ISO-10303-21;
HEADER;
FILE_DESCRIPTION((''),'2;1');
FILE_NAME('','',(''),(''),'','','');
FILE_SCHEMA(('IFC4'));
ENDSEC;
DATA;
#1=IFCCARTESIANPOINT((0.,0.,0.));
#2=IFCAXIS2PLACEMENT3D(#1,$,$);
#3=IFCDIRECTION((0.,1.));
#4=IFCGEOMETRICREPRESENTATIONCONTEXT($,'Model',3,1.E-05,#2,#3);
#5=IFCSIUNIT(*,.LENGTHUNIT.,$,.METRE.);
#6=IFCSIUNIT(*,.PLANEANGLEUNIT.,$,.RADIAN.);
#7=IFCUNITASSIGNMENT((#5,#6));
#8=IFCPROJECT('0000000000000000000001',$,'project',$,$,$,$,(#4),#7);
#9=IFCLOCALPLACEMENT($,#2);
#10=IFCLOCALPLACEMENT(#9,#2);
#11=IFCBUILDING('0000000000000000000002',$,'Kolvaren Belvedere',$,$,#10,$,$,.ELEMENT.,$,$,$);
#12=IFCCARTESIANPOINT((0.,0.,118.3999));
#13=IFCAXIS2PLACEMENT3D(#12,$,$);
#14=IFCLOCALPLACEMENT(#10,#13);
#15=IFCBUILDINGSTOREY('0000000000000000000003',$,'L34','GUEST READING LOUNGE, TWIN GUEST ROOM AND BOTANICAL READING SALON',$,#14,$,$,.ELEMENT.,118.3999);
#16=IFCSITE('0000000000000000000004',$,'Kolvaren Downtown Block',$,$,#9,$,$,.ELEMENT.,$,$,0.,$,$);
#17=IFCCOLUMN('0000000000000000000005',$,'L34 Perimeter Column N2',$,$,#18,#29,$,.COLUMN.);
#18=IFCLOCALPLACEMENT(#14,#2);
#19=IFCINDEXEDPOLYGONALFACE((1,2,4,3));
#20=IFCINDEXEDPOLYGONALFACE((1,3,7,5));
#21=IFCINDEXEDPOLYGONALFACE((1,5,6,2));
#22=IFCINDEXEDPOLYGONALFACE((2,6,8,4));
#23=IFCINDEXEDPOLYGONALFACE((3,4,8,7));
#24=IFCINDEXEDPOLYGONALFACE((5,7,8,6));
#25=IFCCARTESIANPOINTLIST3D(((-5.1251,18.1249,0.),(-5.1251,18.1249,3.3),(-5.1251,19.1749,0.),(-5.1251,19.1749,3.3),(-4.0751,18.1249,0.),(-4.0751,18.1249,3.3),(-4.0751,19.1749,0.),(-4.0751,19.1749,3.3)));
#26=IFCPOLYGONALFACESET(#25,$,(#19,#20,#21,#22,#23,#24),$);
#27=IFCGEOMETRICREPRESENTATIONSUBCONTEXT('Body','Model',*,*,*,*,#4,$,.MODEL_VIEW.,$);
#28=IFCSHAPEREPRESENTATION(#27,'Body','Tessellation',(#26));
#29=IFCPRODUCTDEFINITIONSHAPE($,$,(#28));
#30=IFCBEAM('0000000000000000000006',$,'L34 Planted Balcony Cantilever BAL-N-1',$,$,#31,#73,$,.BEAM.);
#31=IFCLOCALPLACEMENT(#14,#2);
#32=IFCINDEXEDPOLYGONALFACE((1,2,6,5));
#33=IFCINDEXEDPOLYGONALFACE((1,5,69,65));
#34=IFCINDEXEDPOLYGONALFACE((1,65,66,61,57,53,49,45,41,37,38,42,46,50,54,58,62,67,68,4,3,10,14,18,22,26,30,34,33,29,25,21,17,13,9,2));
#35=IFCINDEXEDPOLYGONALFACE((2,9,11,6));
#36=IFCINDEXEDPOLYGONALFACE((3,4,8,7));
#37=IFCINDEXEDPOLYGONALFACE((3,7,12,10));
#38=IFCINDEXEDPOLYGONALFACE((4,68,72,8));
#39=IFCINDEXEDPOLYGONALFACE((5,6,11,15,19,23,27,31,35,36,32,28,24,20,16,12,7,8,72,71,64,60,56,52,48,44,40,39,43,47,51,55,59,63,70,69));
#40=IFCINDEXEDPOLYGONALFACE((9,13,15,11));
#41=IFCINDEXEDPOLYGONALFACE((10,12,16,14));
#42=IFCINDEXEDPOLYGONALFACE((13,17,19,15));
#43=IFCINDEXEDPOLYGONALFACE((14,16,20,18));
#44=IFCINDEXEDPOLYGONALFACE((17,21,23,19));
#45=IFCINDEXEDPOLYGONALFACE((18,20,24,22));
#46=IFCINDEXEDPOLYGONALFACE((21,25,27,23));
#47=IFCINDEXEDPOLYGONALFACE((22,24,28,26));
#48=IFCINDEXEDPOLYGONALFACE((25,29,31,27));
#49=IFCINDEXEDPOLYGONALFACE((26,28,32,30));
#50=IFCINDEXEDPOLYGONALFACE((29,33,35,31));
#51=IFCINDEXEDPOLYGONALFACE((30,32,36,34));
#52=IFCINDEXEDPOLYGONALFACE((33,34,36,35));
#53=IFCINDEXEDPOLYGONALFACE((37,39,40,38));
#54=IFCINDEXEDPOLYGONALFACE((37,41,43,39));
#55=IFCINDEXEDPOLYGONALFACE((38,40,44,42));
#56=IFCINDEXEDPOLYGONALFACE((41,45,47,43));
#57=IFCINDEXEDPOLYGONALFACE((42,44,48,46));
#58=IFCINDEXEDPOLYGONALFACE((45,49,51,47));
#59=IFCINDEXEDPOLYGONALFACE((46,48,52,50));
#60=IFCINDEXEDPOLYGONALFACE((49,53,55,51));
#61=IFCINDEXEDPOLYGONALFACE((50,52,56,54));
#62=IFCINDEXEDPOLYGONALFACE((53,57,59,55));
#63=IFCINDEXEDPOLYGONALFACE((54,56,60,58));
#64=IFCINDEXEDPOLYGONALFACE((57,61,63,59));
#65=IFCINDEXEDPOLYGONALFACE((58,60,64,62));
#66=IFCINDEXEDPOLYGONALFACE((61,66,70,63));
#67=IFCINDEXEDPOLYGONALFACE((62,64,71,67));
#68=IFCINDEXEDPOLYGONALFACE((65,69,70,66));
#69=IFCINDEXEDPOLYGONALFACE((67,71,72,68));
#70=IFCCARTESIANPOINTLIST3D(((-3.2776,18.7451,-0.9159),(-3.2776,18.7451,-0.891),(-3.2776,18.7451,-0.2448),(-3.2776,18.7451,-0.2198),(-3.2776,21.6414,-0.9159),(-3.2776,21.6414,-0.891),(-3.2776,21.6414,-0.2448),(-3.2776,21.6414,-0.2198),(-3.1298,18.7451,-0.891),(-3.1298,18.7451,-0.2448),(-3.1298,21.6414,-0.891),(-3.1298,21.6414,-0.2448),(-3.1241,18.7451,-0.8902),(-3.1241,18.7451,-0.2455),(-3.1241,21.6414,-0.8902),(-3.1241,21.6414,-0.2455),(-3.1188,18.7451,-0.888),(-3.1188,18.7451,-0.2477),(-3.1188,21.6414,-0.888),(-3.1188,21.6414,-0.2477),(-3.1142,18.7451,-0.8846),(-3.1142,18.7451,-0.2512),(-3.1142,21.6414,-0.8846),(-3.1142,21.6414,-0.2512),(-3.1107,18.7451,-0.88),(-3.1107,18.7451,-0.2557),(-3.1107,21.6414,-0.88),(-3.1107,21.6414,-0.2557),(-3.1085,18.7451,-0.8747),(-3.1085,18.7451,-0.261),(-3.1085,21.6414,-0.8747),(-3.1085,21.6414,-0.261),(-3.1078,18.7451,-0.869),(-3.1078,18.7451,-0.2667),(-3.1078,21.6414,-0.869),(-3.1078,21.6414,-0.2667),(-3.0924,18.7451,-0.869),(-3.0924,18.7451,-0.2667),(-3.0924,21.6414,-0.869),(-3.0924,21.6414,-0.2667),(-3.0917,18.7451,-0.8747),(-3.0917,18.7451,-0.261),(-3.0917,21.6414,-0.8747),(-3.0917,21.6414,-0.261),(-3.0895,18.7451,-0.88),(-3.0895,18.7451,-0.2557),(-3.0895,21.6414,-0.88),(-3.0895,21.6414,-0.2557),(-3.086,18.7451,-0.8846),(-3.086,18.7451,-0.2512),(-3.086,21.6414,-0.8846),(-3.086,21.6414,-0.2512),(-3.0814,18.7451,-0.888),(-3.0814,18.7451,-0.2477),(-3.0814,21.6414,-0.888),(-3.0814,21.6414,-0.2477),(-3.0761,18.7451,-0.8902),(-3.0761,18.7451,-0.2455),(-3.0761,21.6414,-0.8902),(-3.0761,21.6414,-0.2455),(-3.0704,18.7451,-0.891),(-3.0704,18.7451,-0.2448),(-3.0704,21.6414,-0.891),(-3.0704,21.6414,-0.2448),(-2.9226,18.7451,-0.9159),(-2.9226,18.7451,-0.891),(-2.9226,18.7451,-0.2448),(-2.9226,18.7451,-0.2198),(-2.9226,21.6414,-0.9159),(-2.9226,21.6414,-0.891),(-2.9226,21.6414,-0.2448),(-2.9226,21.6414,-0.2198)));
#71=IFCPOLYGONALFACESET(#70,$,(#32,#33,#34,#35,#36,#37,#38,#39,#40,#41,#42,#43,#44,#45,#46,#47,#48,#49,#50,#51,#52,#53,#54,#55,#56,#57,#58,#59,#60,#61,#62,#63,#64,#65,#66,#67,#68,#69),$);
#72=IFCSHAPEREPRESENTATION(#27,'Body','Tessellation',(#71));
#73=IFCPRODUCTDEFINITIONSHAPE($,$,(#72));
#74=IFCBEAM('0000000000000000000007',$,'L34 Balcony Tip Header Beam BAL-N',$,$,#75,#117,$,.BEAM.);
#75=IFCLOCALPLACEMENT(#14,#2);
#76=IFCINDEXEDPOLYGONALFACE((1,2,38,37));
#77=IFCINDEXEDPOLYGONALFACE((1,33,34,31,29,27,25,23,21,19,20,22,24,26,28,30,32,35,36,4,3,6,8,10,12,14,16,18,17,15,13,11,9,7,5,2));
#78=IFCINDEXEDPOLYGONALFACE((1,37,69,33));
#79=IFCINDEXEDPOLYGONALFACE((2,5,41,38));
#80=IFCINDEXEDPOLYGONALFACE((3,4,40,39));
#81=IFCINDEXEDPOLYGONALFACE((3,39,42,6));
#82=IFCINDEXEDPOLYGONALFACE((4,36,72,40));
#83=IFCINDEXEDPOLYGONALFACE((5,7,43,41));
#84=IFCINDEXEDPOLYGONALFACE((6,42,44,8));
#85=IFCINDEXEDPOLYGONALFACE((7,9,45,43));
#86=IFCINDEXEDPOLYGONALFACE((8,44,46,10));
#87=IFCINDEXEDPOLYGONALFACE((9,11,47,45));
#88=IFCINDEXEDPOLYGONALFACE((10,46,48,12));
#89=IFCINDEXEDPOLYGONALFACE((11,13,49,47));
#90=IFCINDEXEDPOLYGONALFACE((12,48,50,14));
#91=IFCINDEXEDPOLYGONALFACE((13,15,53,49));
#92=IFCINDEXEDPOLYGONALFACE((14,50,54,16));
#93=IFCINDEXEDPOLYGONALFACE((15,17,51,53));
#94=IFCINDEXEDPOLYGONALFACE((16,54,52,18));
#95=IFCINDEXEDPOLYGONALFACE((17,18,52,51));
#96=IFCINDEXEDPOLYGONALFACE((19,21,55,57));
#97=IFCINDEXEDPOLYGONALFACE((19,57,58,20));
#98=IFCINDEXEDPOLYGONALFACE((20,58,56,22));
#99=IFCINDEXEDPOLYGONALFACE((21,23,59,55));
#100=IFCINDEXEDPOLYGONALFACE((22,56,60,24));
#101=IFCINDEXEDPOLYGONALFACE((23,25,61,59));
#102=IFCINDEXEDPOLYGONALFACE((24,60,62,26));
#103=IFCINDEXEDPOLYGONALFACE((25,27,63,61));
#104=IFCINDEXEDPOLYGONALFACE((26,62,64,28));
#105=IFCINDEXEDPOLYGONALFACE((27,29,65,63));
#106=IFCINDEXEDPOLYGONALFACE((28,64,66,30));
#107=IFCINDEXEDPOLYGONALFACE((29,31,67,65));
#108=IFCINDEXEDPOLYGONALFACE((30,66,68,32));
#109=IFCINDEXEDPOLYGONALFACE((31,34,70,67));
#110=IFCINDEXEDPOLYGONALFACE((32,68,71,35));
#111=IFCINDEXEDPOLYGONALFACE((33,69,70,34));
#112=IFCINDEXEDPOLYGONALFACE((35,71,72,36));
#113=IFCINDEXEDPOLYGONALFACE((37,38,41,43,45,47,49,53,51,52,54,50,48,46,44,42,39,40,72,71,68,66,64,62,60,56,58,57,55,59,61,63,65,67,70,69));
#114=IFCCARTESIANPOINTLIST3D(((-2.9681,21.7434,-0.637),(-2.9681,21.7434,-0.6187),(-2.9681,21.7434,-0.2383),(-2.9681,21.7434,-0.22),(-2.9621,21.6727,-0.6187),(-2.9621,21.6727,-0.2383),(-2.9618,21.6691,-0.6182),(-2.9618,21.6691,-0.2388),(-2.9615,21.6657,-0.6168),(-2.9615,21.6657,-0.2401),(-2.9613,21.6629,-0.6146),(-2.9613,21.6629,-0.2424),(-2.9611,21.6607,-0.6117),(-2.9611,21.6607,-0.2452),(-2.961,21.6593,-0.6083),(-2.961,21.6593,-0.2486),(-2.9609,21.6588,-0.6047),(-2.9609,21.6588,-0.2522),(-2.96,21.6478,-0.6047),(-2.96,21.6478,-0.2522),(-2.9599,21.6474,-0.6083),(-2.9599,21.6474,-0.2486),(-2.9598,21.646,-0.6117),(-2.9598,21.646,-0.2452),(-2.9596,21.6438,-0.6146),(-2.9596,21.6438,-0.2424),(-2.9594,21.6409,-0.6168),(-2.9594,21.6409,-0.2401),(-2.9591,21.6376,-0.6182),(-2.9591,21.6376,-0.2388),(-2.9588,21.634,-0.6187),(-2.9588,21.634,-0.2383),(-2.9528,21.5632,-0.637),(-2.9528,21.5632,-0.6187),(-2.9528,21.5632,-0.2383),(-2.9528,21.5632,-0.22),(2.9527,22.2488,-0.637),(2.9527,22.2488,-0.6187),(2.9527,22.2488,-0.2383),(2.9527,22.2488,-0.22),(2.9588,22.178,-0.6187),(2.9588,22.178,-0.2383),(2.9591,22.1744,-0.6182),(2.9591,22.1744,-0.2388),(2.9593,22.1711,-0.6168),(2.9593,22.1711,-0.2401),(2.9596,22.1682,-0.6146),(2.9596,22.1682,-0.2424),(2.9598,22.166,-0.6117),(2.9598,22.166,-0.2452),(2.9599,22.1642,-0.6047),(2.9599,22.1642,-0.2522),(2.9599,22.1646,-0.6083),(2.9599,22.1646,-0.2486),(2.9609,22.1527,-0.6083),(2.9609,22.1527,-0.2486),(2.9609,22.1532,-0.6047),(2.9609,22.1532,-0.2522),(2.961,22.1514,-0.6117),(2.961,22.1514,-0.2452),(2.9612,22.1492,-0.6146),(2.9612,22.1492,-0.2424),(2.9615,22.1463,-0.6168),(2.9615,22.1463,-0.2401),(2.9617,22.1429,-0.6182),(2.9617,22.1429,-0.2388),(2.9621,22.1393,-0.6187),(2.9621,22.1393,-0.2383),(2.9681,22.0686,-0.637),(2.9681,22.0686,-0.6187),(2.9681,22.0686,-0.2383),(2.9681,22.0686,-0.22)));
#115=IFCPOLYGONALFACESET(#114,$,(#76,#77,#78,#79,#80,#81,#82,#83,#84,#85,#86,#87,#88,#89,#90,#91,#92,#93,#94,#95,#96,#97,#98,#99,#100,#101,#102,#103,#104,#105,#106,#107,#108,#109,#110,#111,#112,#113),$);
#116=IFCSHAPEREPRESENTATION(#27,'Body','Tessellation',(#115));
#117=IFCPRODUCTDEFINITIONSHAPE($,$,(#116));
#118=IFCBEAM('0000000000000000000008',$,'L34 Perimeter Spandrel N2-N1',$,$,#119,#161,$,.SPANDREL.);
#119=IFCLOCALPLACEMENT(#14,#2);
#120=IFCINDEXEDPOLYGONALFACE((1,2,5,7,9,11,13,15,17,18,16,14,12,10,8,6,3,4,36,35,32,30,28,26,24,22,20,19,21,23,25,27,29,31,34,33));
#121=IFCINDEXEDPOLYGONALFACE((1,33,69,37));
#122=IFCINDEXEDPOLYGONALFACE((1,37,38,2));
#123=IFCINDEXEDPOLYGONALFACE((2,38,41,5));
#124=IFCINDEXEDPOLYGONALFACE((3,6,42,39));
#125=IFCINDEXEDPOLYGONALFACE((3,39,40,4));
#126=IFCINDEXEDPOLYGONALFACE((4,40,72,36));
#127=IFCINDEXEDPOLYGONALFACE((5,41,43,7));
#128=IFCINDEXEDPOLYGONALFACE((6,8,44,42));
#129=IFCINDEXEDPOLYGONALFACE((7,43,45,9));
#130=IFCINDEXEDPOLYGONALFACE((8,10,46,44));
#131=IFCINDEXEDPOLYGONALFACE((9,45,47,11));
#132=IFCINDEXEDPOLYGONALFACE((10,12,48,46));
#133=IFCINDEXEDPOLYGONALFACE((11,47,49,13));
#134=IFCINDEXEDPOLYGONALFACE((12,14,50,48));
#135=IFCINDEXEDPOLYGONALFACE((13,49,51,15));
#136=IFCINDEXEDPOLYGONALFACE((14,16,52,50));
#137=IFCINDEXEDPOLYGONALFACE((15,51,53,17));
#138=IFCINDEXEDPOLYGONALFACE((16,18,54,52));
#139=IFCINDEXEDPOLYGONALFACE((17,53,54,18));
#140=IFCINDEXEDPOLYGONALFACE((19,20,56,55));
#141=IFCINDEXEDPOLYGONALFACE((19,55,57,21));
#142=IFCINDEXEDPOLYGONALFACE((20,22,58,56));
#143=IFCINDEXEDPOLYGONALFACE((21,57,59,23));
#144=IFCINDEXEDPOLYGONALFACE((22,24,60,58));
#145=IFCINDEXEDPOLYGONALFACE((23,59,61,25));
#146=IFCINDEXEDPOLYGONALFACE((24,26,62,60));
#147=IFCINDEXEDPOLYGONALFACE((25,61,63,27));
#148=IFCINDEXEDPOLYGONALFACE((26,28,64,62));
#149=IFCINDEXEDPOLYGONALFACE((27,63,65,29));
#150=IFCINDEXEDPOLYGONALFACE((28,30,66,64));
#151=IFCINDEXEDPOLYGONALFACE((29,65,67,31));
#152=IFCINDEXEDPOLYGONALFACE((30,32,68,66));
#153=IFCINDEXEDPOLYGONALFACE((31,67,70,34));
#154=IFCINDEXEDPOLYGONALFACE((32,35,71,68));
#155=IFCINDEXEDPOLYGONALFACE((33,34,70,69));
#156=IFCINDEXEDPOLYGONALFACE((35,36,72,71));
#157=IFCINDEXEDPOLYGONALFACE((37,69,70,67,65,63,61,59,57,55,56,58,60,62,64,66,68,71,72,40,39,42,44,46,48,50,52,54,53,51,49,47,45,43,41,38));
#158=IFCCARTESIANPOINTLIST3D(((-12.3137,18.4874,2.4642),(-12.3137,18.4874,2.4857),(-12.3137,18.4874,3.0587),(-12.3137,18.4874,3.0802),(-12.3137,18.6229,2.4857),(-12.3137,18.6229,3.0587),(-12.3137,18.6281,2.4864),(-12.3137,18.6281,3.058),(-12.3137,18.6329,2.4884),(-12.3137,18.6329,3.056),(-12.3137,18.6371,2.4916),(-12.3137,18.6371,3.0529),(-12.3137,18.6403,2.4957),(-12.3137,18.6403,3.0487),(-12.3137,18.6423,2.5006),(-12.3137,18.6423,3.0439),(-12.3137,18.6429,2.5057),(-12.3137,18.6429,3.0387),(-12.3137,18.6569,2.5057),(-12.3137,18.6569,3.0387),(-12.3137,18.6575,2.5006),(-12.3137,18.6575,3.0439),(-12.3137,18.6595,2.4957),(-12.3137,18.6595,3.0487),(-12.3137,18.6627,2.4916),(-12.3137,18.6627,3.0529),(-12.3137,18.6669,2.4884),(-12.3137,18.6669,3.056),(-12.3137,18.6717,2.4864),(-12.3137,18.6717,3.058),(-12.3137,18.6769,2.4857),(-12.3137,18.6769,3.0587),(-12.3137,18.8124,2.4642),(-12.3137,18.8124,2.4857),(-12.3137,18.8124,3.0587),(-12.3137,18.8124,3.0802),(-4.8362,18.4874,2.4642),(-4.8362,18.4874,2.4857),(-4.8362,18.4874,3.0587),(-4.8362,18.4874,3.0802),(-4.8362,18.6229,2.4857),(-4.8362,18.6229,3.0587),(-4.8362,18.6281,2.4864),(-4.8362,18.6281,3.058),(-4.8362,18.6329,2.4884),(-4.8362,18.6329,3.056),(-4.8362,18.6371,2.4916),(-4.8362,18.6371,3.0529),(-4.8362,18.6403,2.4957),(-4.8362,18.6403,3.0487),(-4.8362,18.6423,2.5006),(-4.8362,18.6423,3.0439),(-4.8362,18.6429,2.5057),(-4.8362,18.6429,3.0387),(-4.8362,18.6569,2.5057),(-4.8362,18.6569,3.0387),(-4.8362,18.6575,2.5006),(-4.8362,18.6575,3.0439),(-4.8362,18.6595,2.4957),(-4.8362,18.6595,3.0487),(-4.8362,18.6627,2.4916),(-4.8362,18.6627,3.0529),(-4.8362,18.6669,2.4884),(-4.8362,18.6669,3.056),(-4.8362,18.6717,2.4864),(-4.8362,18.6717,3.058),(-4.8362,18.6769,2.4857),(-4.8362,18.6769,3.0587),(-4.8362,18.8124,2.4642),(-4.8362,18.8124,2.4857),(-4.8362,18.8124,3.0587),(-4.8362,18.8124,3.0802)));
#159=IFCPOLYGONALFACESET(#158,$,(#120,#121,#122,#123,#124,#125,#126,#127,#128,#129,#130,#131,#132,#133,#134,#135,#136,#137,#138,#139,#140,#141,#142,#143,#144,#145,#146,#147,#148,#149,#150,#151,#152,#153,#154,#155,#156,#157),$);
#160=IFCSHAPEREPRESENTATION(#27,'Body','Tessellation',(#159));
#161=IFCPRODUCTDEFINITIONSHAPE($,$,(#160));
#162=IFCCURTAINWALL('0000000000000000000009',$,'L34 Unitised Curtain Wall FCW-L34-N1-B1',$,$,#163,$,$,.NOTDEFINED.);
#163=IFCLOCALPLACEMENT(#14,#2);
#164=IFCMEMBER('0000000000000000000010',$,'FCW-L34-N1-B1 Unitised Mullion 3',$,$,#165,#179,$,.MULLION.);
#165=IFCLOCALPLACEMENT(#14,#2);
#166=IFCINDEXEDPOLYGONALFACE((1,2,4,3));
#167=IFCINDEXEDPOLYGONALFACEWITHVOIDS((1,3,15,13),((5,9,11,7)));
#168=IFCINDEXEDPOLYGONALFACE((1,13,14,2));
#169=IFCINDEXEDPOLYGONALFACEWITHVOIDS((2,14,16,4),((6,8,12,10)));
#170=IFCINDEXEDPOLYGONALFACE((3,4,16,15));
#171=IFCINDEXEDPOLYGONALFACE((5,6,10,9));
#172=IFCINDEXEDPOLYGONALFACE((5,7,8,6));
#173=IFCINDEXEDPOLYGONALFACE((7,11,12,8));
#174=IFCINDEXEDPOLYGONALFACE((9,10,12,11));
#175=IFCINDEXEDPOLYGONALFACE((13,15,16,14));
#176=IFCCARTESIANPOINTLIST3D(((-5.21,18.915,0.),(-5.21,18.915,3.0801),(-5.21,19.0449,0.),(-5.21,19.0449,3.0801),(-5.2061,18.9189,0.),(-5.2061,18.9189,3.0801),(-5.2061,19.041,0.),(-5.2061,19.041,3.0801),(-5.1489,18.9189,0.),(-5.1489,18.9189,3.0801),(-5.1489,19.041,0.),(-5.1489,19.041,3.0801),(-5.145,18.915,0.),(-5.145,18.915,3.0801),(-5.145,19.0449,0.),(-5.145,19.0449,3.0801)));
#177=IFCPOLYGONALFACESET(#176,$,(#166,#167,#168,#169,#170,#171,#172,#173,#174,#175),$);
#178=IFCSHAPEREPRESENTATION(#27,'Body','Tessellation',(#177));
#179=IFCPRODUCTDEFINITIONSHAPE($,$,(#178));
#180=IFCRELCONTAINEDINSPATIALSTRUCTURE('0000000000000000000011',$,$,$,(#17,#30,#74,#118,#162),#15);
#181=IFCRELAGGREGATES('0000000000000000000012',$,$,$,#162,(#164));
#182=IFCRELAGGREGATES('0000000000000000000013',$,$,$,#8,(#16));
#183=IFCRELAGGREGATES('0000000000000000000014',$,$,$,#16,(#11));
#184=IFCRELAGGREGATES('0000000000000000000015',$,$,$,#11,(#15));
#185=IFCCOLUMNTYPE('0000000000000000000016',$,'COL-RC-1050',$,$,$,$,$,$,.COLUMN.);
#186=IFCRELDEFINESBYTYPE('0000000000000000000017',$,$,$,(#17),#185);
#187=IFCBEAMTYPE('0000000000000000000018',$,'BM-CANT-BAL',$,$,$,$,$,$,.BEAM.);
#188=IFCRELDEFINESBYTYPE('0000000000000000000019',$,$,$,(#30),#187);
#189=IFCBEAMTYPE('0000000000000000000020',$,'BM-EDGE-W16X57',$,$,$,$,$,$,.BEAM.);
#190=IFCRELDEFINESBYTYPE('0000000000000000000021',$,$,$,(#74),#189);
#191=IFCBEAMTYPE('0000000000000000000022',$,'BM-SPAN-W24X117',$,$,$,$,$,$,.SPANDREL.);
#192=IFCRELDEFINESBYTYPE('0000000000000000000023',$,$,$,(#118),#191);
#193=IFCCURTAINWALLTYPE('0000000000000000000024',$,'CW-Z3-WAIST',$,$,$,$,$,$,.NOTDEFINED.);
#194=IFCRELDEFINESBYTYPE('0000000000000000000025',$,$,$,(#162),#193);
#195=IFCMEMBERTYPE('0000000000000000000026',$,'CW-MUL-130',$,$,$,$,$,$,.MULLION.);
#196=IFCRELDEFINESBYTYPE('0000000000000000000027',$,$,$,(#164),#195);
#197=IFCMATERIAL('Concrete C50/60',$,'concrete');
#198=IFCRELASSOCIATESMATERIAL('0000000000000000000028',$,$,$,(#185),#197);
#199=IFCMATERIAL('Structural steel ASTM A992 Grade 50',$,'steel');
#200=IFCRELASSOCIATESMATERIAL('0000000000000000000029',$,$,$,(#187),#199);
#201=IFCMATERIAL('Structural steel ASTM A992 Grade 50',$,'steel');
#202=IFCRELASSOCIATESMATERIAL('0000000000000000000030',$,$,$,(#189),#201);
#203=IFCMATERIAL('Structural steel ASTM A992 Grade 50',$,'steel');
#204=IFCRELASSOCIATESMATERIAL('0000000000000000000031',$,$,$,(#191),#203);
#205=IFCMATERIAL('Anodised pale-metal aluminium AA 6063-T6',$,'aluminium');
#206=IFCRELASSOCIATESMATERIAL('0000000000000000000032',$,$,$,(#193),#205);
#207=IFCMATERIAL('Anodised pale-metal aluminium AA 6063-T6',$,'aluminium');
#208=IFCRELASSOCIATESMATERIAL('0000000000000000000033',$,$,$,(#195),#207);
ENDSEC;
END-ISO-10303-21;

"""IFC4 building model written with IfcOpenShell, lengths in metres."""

from ifc_helpers import new_model, si_unit, direction, frame, origin, origin_2d, place, context, subcontext, project, spatial, rectangle, hollow_rectangle, i_section, extrude, material, material_profile, profile_set, type_object, element, aggregate, save


model = new_model("IFC4")

# Units and contexts
model_context = context("Model", 3, precision=1e-05, world=origin(), true_north=direction((0.0, 1.0)))
body_context = subcontext(model_context, "Body", "Model", "MODEL_VIEW")
ifc_project = project(units=[si_unit("LENGTHUNIT", "METRE"), si_unit("PLANEANGLEUNIT", "RADIAN")], contexts=[model_context])

# Site, building, storey
site_placement = place(None, origin())
site = spatial("IfcSite", under=ifc_project, at=site_placement, Name="Kolvaren Downtown Block", CompositionType="ELEMENT", RefElevation=0.0)
building_placement = place(site_placement, origin())
building = spatial("IfcBuilding", under=site, at=building_placement, Name="Kolvaren Belvedere", CompositionType="ELEMENT")
storey_placement = place(building_placement, frame((0.0, 0.0, 118.3999)))
storey = spatial("IfcBuildingStorey", under=building, at=storey_placement, Name="L34", Description="GUEST READING LOUNGE, TWIN GUEST ROOM AND BOTANICAL READING SALON", CompositionType="ELEMENT", Elevation=118.3999)

# Column
ifc_material_1 = material(Name="Concrete C50/60", Category="concrete")
ifc_material_profile_1 = material_profile(ifc_material_1, rectangle(XDim=1.05, YDim=1.05, at=origin_2d()), Name="RC 1050X1050")
ifc_profile_set_1 = profile_set([ifc_material_profile_1], Name="Concrete C50/60")
column_type = type_object("IfcColumnType", Name="COL-RC-1050", PredefinedType="COLUMN", material=ifc_profile_set_1)
column_placement = place(storey_placement, frame((-4.6001, 18.6499, 0.0), z_axis=(0.0, 0.0, 1.0), x_axis=(1.0, 0.0, 0.0)))
element("IfcColumn", 1, at=column_placement, inside=storey, type_object=column_type, Name="L34 Perimeter Column N2", PredefinedType="COLUMN", context=body_context, shape_type="SweptSolid", body=[
    extrude(rectangle(XDim=1.05, YDim=1.05, at=origin_2d()), origin(), (0.0, 0.0, 1.0), 3.3),
])

# Beams
ifc_material_2 = material(Name="Structural steel ASTM A992 Grade 50", Category="steel")
ifc_material_profile_2 = material_profile(ifc_material_2, i_section(OverallWidth=0.355, OverallDepth=0.696, WebThickness=0.0154, FlangeThickness=0.0249, FilletRadius=0.022, at=origin_2d()), Name="W27X146")
ifc_profile_set_2 = profile_set([ifc_material_profile_2], Name="Structural steel ASTM A992 Grade 50")
beam_type_1 = type_object("IfcBeamType", Name="BM-CANT-BAL", PredefinedType="BEAM", material=ifc_profile_set_2)
beam_1_placement = place(storey_placement, frame((-3.1001, 18.7451, -0.5679), z_axis=(0.0, 1.0, 0.0), x_axis=(-1.0, 0.0, 0.0)))
element("IfcBeam", 2, at=beam_1_placement, inside=storey, type_object=beam_type_1, Name="L34 Planted Balcony Cantilever BAL-N-1", PredefinedType="BEAM", context=body_context, shape_type="SweptSolid", body=[
    extrude(i_section(OverallWidth=0.355, OverallDepth=0.696, WebThickness=0.0154, FlangeThickness=0.0249, FilletRadius=0.022, at=origin_2d()), origin(), (0.0, 0.0, 1.0), 2.8962),
])
ifc_material_3 = material(Name="Structural steel ASTM A992 Grade 50", Category="steel")
ifc_material_profile_3 = material_profile(ifc_material_3, i_section(OverallWidth=0.1809, OverallDepth=0.417, WebThickness=0.011, FlangeThickness=0.0183, FilletRadius=0.0139, at=origin_2d()), Name="W16X57")
ifc_profile_set_3 = profile_set([ifc_material_profile_3], Name="Structural steel ASTM A992 Grade 50")
beam_type_2 = type_object("IfcBeamType", Name="BM-EDGE-W16X57", PredefinedType="BEAM", material=ifc_profile_set_3)
beam_2_placement = place(storey_placement, frame((-2.9604, 21.6533, -0.4285), z_axis=(0.996377, 0.085045, 0.0), x_axis=(-0.085045, 0.996377, 0.0)))
element("IfcBeam", 3, at=beam_2_placement, inside=storey, type_object=beam_type_2, Name="L34 Balcony Tip Header Beam BAL-N", PredefinedType="BEAM", context=body_context, shape_type="SweptSolid", body=[
    extrude(i_section(OverallWidth=0.1809, OverallDepth=0.417, WebThickness=0.011, FlangeThickness=0.0183, FilletRadius=0.0139, at=origin_2d()), origin(), (0.0, 0.0, 1.0), 5.9424),
])
ifc_material_4 = material(Name="Structural steel ASTM A992 Grade 50", Category="steel")
ifc_material_profile_4 = material_profile(ifc_material_4, i_section(OverallWidth=0.325, OverallDepth=0.616, WebThickness=0.0139, FlangeThickness=0.0215, FilletRadius=0.02, at=origin_2d()), Name="W24X117")
ifc_profile_set_4 = profile_set([ifc_material_profile_4], Name="Structural steel ASTM A992 Grade 50")
beam_type_3 = type_object("IfcBeamType", Name="BM-SPAN-W24X117", PredefinedType="SPANDREL", material=ifc_profile_set_4)
beam_3_placement = place(storey_placement, frame((-4.8362, 18.6499, 2.7722), z_axis=(-1.0, 0.0, 0.0), x_axis=(0.0, -1.0, 0.0)))
element("IfcBeam", 4, at=beam_3_placement, inside=storey, type_object=beam_type_3, Name="L34 Perimeter Spandrel N2-N1", PredefinedType="SPANDREL", context=body_context, shape_type="SweptSolid", body=[
    extrude(i_section(OverallWidth=0.325, OverallDepth=0.616, WebThickness=0.0139, FlangeThickness=0.0215, FilletRadius=0.02, at=origin_2d()), origin(), (0.0, 0.0, 1.0), 7.4775),
])

# Curtain wall, member
ifc_material_5 = material(Name="Anodised pale-metal aluminium AA 6063-T6", Category="aluminium")
curtain_wall_type = type_object("IfcCurtainWallType", Name="CW-Z3-WAIST", PredefinedType="NOTDEFINED", material=ifc_material_5)
curtain_wall_1_placement = place(storey_placement, origin())
curtain_wall_1 = element("IfcCurtainWall", 5, at=curtain_wall_1_placement, inside=storey, type_object=curtain_wall_type, Name="L34 Unitised Curtain Wall FCW-L34-N1-B1", PredefinedType="NOTDEFINED")
ifc_material_6 = material(Name="Anodised pale-metal aluminium AA 6063-T6", Category="aluminium")
ifc_material_profile_5 = material_profile(ifc_material_6, hollow_rectangle(XDim=0.0649, YDim=0.1299, WallThickness=0.0039, at=origin_2d()), Name="ALU-MUL-130X65")
ifc_profile_set_5 = profile_set([ifc_material_profile_5], Name="Anodised pale-metal aluminium AA 6063-T6")
member_type_1 = type_object("IfcMemberType", Name="CW-MUL-130", PredefinedType="MULLION", material=ifc_profile_set_5)
member_1_placement = place(storey_placement, frame((-5.1775, 18.98, 0.0), z_axis=(0.0, 0.0, 1.0), x_axis=(1.0, 0.0, 0.0)))
member_1 = element("IfcMember", 6, at=member_1_placement, type_object=member_type_1, Name="FCW-L34-N1-B1 Unitised Mullion 3", PredefinedType="MULLION", context=body_context, shape_type="SweptSolid", body=[
    extrude(hollow_rectangle(XDim=0.0649, YDim=0.1299, WallThickness=0.0039, at=origin_2d()), origin(), (0.0, 0.0, 1.0), 3.0801),
])

aggregate(curtain_wall_1, [member_1])

save(model, "model.ifc")
